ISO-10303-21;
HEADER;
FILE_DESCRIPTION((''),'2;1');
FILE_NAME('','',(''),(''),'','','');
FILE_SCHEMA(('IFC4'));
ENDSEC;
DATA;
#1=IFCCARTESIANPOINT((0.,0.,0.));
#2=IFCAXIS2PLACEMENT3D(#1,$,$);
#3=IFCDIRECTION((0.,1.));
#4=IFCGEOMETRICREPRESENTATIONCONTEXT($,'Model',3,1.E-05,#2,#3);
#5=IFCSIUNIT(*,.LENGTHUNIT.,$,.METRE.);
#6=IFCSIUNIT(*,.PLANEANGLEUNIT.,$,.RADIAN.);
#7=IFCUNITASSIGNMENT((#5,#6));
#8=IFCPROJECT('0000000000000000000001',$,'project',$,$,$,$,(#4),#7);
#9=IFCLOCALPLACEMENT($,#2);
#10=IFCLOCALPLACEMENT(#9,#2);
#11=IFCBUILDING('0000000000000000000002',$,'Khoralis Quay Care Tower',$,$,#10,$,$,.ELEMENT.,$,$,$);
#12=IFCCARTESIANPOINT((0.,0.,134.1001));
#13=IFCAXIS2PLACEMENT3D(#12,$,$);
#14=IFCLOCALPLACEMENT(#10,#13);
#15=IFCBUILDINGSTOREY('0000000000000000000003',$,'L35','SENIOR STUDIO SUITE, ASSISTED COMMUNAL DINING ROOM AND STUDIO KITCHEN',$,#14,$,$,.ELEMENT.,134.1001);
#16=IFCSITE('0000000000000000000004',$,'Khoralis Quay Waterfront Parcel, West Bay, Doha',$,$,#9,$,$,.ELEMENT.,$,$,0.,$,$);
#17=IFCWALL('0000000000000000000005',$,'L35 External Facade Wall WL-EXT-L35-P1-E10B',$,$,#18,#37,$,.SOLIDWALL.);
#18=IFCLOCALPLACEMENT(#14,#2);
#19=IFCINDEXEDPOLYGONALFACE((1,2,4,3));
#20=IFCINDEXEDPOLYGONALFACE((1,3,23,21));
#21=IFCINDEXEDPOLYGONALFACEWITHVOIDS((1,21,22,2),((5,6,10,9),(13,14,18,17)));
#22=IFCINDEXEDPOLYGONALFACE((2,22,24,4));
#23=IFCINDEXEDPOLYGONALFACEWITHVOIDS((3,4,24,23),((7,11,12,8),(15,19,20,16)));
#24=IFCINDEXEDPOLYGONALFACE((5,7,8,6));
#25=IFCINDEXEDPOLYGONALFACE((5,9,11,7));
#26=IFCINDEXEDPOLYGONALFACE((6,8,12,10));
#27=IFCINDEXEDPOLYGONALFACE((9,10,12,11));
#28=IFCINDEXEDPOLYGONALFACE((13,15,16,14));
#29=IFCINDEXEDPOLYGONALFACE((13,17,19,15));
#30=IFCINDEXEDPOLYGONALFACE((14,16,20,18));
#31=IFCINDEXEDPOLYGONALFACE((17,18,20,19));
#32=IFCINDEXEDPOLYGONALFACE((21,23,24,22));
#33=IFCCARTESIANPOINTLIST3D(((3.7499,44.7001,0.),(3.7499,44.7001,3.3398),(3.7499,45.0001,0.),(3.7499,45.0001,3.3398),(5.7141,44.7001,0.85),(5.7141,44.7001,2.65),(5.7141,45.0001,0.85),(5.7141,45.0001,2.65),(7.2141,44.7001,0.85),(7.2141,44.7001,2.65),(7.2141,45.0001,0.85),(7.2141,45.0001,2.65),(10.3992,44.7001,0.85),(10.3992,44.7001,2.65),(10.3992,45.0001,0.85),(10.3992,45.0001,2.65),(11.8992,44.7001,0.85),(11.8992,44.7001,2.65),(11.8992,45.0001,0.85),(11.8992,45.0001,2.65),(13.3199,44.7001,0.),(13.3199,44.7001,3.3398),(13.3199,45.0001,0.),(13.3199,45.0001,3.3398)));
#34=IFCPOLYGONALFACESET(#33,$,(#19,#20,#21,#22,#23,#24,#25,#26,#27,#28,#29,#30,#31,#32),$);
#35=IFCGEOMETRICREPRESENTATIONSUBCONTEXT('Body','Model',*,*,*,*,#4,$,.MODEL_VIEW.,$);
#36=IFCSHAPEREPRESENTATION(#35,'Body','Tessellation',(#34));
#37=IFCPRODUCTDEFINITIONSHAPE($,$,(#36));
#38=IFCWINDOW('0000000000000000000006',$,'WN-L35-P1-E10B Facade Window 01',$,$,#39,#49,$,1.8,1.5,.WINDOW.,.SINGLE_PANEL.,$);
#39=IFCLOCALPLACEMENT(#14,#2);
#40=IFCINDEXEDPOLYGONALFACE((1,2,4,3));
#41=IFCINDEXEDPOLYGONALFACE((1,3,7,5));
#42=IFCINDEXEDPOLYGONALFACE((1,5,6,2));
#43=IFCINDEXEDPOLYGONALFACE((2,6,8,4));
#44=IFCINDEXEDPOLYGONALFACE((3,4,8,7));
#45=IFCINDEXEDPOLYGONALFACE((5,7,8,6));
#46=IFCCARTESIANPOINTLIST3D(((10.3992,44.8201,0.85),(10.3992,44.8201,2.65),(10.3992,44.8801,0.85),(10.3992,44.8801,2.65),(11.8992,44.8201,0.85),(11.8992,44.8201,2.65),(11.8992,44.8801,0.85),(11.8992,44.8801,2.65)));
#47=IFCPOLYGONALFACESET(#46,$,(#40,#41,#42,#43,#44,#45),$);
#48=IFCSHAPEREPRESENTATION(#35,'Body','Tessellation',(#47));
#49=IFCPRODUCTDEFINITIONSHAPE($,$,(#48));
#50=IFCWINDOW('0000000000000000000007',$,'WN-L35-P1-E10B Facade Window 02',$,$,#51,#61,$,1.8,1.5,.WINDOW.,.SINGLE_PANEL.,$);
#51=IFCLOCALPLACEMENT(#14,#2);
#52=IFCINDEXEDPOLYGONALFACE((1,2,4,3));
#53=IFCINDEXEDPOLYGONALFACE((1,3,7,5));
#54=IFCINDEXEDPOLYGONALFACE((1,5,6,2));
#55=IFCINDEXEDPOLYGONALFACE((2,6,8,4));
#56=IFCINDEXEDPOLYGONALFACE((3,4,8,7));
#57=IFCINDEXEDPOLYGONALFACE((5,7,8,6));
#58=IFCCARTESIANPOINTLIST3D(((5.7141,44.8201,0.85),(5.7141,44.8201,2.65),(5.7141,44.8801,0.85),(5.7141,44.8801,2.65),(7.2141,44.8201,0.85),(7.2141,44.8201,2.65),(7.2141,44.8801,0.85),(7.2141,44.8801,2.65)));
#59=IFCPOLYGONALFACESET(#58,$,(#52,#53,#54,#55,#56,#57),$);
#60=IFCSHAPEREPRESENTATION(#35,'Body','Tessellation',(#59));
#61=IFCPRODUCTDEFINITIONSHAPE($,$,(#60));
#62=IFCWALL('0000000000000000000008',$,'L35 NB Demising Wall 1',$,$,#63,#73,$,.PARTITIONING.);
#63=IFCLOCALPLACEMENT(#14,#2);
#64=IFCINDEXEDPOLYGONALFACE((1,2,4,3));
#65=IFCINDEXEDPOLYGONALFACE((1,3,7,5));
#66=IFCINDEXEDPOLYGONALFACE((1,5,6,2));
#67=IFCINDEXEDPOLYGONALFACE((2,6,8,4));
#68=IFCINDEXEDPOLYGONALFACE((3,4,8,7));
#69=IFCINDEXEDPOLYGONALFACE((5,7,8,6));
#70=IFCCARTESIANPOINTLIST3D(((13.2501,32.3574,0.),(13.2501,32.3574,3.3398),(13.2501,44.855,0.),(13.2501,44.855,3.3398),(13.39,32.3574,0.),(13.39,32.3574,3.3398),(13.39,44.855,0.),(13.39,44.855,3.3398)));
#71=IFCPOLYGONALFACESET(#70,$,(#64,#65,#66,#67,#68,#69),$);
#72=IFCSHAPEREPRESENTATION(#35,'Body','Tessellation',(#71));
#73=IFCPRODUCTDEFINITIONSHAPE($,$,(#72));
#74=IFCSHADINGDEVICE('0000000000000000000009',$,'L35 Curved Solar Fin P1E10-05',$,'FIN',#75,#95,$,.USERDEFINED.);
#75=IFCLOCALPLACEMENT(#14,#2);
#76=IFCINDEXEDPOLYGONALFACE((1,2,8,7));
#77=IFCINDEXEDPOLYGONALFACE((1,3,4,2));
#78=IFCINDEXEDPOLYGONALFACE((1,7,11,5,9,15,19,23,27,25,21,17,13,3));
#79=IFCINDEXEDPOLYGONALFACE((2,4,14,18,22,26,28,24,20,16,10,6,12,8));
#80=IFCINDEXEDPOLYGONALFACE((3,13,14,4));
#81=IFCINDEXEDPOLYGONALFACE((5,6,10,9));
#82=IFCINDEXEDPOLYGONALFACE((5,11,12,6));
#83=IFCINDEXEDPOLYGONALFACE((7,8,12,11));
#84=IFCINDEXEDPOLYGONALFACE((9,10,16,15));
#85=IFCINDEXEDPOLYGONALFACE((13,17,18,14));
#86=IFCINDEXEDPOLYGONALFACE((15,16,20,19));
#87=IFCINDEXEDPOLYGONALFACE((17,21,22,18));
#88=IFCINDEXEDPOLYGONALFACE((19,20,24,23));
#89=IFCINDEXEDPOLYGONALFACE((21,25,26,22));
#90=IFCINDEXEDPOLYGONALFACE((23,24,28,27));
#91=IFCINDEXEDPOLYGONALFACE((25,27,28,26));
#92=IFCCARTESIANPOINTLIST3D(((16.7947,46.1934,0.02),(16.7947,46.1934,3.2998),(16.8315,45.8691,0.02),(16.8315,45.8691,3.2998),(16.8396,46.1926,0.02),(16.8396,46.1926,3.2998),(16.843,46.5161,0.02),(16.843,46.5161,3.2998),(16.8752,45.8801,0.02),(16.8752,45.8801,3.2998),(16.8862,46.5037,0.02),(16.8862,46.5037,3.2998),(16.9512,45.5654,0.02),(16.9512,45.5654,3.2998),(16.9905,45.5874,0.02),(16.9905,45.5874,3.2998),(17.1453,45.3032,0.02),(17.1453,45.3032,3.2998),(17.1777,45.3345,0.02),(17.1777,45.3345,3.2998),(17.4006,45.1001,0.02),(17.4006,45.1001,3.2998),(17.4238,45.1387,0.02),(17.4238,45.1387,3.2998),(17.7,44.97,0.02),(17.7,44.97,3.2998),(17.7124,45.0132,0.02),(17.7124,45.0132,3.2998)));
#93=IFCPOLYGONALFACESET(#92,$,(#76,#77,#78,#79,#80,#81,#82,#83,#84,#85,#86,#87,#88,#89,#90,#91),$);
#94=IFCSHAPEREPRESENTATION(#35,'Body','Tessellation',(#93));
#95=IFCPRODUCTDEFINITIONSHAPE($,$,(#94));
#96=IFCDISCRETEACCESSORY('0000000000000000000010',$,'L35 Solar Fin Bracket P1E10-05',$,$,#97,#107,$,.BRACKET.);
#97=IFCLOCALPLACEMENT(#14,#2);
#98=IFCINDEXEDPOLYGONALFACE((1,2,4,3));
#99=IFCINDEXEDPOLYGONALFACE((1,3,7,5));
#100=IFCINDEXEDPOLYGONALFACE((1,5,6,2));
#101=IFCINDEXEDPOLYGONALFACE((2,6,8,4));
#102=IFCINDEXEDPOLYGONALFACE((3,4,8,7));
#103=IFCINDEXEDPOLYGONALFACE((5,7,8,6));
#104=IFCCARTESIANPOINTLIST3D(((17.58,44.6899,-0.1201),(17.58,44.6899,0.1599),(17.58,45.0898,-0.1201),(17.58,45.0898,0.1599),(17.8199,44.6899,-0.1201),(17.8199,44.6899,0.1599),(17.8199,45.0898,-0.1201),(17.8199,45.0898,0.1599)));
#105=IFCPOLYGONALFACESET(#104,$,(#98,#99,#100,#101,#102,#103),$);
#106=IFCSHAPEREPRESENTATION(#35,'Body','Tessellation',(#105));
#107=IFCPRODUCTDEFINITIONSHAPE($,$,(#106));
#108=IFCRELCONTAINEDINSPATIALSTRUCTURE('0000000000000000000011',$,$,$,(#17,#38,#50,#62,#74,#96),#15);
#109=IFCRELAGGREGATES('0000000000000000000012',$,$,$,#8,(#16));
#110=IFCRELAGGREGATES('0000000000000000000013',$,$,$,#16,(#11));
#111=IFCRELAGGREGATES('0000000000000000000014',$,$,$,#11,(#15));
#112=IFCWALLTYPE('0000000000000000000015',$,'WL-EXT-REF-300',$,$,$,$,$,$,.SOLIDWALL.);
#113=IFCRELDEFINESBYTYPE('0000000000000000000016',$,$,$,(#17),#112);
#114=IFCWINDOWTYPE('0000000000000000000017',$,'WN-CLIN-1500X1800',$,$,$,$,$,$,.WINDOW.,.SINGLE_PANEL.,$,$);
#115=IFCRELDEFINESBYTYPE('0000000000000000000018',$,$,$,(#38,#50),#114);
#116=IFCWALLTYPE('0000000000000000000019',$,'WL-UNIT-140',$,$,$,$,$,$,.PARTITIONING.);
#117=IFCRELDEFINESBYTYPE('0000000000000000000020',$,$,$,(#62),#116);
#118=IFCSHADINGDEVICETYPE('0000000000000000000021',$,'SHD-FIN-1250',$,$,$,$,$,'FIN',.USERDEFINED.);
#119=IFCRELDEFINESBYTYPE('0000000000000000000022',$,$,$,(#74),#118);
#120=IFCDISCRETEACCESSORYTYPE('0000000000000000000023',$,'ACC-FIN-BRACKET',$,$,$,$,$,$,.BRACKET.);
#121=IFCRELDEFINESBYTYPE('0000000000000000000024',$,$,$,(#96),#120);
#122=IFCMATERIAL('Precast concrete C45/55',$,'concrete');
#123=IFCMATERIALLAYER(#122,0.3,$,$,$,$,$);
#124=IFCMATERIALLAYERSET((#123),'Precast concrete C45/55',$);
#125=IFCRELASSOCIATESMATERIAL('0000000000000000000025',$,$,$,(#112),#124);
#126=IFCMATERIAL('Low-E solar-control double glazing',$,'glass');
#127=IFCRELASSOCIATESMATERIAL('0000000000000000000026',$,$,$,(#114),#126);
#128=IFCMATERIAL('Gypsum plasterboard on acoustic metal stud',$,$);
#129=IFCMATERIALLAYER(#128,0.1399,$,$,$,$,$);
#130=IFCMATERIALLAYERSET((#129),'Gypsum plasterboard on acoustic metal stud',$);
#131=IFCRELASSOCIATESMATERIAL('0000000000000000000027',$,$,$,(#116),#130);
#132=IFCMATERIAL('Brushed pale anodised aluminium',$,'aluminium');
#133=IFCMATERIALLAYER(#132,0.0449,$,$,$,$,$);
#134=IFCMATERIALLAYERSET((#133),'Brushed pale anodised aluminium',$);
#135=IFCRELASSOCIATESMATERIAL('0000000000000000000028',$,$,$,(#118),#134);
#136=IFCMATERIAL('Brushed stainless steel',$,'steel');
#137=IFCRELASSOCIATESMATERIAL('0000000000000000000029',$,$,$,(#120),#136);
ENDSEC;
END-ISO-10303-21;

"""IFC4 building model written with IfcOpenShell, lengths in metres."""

from ifc_helpers import new_model, si_unit, direction, frame, frame_2d, origin, origin_2d, place, context, subcontext, project, spatial, polyline, rectangle, outline, extrude, source, transform, mapped, material, layer, layer_set, type_object, element, fill, save


model = new_model("IFC4")

# Units and contexts
model_context = context("Model", 3, precision=1e-05, world=origin(), true_north=direction((0.0, 1.0)))
body_context = subcontext(model_context, "Body", "Model", "MODEL_VIEW")
ifc_project = project(units=[si_unit("LENGTHUNIT", "METRE"), si_unit("PLANEANGLEUNIT", "RADIAN")], contexts=[model_context])

# Site, building, storey
site_placement = place(None, origin())
site = spatial("IfcSite", under=ifc_project, at=site_placement, Name="Khoralis Quay Waterfront Parcel, West Bay, Doha", CompositionType="ELEMENT", RefElevation=0.0)
building_placement = place(site_placement, origin())
building = spatial("IfcBuilding", under=site, at=building_placement, Name="Khoralis Quay Care Tower", CompositionType="ELEMENT")
storey_placement = place(building_placement, frame((0.0, 0.0, 134.1001)))
storey = spatial("IfcBuildingStorey", under=building, at=storey_placement, Name="L35", Description="SENIOR STUDIO SUITE, ASSISTED COMMUNAL DINING ROOM AND STUDIO KITCHEN", CompositionType="ELEMENT", Elevation=134.1001)

# Shared definitions
ifc_material_1 = material(Name="Low-E solar-control double glazing", Category="glass")

# Wall, openings, windows
ifc_material_2 = material(Name="Precast concrete C45/55", Category="concrete")
ifc_layer_1 = layer(ifc_material_2, 0.3)
ifc_layer_set_1 = layer_set([ifc_layer_1], Name="Precast concrete C45/55")
wall_type_1 = type_object("IfcWallType", Name="WL-EXT-REF-300", PredefinedType="SOLIDWALL", material=ifc_layer_set_1)
wall_1_placement = place(storey_placement, frame((13.3201, 44.8501, 0.0), z_axis=(0.0, 0.0, 1.0), x_axis=(-1.0, 0.0, 0.0)))
wall_1 = element("IfcWall", 1, at=wall_1_placement, inside=storey, type_object=wall_type_1, Name="L35 External Facade Wall WL-EXT-L35-P1-E10B", PredefinedType="SOLIDWALL", context=body_context, shape_type="SweptSolid", body=[
    extrude(rectangle(XDim=9.5701, YDim=0.3, at=frame_2d((4.7852, 0.0))), origin(), (0.0, 0.0, 1.0), 3.3398),
])
opening_1_placement = place(wall_1_placement, frame((1.4209, 0.0, 0.8501)))
opening_1 = element("IfcOpeningElement", 2, at=opening_1_placement, cuts=wall_1, PredefinedType="OPENING", context=body_context, shape_type="SweptSolid", body=[
    extrude(rectangle(XDim=1.5, YDim=1.8, at=frame_2d((0.75, 0.8999))), frame((0.0, 0.1602, 0.0), z_axis=(0.0, -1.0, 0.0), x_axis=(1.0, 0.0, 0.0)), (0.0, 0.0, 1.0), 0.3201),
])
opening_2_placement = place(wall_1_placement, frame((6.106, 0.0, 0.8501)))
opening_2 = element("IfcOpeningElement", 3, at=opening_2_placement, cuts=wall_1, PredefinedType="OPENING", context=body_context, shape_type="SweptSolid", body=[
    extrude(rectangle(XDim=1.5, YDim=1.8, at=frame_2d((0.75, 0.8999))), frame((0.0, 0.1602, 0.0), z_axis=(0.0, -1.0, 0.0), x_axis=(1.0, 0.0, 0.0)), (0.0, 0.0, 1.0), 0.3201),
])
window_type = type_object("IfcWindowType", Name="WN-CLIN-1500X1800", PartitioningType="SINGLE_PANEL", PredefinedType="WINDOW", material=ifc_material_1)
shared_shape_1 = source(origin(), body_context, "Body", "SweptSolid", [
    extrude(rectangle(XDim=1.5, YDim=1.8, at=frame_2d((0.75, 0.8999))), frame((0.0, 0.03, 0.0), z_axis=(0.0, -1.0, 0.0), x_axis=(1.0, 0.0, 0.0)), (0.0, 0.0, 1.0), 0.0601),
])
window_1_placement = place(opening_1_placement, origin())
window_1 = element("IfcWindow", 4, at=window_1_placement, inside=storey, type_object=window_type, Name="WN-L35-P1-E10B Facade Window 01", OverallHeight=1.8, OverallWidth=1.5, PartitioningType="SINGLE_PANEL", PredefinedType="WINDOW", context=body_context, shape_type="MappedRepresentation", body=[
    mapped(shared_shape_1, transform((0.0, 0.0, 0.0), scale=1.0)),
])
fill(opening_1, window_1)
window_2_placement = place(opening_2_placement, origin())
window_2 = element("IfcWindow", 5, at=window_2_placement, inside=storey, type_object=window_type, Name="WN-L35-P1-E10B Facade Window 02", OverallHeight=1.8, OverallWidth=1.5, PartitioningType="SINGLE_PANEL", PredefinedType="WINDOW", context=body_context, shape_type="MappedRepresentation", body=[
    mapped(shared_shape_1, transform((0.0, 0.0, 0.0), scale=1.0)),
])
fill(opening_2, window_2)

# Wall
ifc_material_3 = material(Name="Gypsum plasterboard on acoustic metal stud")
ifc_layer_2 = layer(ifc_material_3, 0.1399)
ifc_layer_set_2 = layer_set([ifc_layer_2], Name="Gypsum plasterboard on acoustic metal stud")
wall_type_2 = type_object("IfcWallType", Name="WL-UNIT-140", PredefinedType="PARTITIONING", material=ifc_layer_set_2)
wall_2_placement = place(storey_placement, frame((13.3201, 32.3574, 0.0), z_axis=(0.0, 0.0, 1.0), x_axis=(0.0, 1.0, 0.0)))
element("IfcWall", 6, at=wall_2_placement, inside=storey, type_object=wall_type_2, Name="L35 NB Demising Wall 1", PredefinedType="PARTITIONING", context=body_context, shape_type="SweptSolid", body=[
    extrude(rectangle(XDim=12.4976, YDim=0.1399, at=frame_2d((6.2488, 0.0))), origin(), (0.0, 0.0, 1.0), 3.3398),
])

# Shading device
ifc_material_4 = material(Name="Brushed pale anodised aluminium", Category="aluminium")
ifc_layer_3 = layer(ifc_material_4, 0.0449)
ifc_layer_set_3 = layer_set([ifc_layer_3], Name="Brushed pale anodised aluminium")
shading_device_type = type_object("IfcShadingDeviceType", Name="SHD-FIN-1250", ElementType="FIN", PredefinedType="USERDEFINED", material=ifc_layer_set_3)
shared_shape_2 = source(origin(), body_context, "Body", "SweptSolid", [
    extrude(outline(polyline([(0.0, 0.0), (0.1301, 0.2993), (0.3333, 0.5547), (0.5955, 0.7488), (0.8992, 0.8684), (1.2234, 0.9053), (1.5461, 0.8569), (1.5337, 0.8137), (1.2227, 0.8604), (0.9102, 0.8247), (0.6174, 0.7095), (0.3645, 0.5222), (0.1687, 0.2761), (0.0432, -0.0125), (0.0, 0.0)])), origin(), (0.0, 0.0, 1.0), 3.2798),
])
shading_device_placement = place(storey_placement, frame((17.7, 44.97, 0.02), z_axis=(0.0, 0.0, 1.0), x_axis=(0.0, 1.0, 0.0)))
element("IfcShadingDevice", 7, at=shading_device_placement, inside=storey, type_object=shading_device_type, Name="L35 Curved Solar Fin P1E10-05", ObjectType="FIN", PredefinedType="USERDEFINED", context=body_context, shape_type="MappedRepresentation", body=[
    mapped(shared_shape_2, transform((0.0, 0.0, 0.0), scale=1.0)),
])

# Discrete accessory
ifc_material_5 = material(Name="Brushed stainless steel", Category="steel")
discrete_accessory_type = type_object("IfcDiscreteAccessoryType", Name="ACC-FIN-BRACKET", PredefinedType="BRACKET", material=ifc_material_5)
shared_shape_3 = source(origin(), body_context, "Body", "SweptSolid", [
    extrude(rectangle(XDim=0.3999, YDim=0.24, at=origin_2d()), origin(), (0.0, 0.0, 1.0), 0.28),
])
discrete_accessory_placement = place(storey_placement, frame((17.7, 44.8899, -0.1201), z_axis=(0.0, 0.0, 1.0), x_axis=(0.0, 1.0, 0.0)))
element("IfcDiscreteAccessory", 8, at=discrete_accessory_placement, inside=storey, type_object=discrete_accessory_type, Name="L35 Solar Fin Bracket P1E10-05", PredefinedType="BRACKET", context=body_context, shape_type="MappedRepresentation", body=[
    mapped(shared_shape_3, transform((0.0, 0.0, 0.0), scale=1.0)),
])

save(model, "model.ifc")
